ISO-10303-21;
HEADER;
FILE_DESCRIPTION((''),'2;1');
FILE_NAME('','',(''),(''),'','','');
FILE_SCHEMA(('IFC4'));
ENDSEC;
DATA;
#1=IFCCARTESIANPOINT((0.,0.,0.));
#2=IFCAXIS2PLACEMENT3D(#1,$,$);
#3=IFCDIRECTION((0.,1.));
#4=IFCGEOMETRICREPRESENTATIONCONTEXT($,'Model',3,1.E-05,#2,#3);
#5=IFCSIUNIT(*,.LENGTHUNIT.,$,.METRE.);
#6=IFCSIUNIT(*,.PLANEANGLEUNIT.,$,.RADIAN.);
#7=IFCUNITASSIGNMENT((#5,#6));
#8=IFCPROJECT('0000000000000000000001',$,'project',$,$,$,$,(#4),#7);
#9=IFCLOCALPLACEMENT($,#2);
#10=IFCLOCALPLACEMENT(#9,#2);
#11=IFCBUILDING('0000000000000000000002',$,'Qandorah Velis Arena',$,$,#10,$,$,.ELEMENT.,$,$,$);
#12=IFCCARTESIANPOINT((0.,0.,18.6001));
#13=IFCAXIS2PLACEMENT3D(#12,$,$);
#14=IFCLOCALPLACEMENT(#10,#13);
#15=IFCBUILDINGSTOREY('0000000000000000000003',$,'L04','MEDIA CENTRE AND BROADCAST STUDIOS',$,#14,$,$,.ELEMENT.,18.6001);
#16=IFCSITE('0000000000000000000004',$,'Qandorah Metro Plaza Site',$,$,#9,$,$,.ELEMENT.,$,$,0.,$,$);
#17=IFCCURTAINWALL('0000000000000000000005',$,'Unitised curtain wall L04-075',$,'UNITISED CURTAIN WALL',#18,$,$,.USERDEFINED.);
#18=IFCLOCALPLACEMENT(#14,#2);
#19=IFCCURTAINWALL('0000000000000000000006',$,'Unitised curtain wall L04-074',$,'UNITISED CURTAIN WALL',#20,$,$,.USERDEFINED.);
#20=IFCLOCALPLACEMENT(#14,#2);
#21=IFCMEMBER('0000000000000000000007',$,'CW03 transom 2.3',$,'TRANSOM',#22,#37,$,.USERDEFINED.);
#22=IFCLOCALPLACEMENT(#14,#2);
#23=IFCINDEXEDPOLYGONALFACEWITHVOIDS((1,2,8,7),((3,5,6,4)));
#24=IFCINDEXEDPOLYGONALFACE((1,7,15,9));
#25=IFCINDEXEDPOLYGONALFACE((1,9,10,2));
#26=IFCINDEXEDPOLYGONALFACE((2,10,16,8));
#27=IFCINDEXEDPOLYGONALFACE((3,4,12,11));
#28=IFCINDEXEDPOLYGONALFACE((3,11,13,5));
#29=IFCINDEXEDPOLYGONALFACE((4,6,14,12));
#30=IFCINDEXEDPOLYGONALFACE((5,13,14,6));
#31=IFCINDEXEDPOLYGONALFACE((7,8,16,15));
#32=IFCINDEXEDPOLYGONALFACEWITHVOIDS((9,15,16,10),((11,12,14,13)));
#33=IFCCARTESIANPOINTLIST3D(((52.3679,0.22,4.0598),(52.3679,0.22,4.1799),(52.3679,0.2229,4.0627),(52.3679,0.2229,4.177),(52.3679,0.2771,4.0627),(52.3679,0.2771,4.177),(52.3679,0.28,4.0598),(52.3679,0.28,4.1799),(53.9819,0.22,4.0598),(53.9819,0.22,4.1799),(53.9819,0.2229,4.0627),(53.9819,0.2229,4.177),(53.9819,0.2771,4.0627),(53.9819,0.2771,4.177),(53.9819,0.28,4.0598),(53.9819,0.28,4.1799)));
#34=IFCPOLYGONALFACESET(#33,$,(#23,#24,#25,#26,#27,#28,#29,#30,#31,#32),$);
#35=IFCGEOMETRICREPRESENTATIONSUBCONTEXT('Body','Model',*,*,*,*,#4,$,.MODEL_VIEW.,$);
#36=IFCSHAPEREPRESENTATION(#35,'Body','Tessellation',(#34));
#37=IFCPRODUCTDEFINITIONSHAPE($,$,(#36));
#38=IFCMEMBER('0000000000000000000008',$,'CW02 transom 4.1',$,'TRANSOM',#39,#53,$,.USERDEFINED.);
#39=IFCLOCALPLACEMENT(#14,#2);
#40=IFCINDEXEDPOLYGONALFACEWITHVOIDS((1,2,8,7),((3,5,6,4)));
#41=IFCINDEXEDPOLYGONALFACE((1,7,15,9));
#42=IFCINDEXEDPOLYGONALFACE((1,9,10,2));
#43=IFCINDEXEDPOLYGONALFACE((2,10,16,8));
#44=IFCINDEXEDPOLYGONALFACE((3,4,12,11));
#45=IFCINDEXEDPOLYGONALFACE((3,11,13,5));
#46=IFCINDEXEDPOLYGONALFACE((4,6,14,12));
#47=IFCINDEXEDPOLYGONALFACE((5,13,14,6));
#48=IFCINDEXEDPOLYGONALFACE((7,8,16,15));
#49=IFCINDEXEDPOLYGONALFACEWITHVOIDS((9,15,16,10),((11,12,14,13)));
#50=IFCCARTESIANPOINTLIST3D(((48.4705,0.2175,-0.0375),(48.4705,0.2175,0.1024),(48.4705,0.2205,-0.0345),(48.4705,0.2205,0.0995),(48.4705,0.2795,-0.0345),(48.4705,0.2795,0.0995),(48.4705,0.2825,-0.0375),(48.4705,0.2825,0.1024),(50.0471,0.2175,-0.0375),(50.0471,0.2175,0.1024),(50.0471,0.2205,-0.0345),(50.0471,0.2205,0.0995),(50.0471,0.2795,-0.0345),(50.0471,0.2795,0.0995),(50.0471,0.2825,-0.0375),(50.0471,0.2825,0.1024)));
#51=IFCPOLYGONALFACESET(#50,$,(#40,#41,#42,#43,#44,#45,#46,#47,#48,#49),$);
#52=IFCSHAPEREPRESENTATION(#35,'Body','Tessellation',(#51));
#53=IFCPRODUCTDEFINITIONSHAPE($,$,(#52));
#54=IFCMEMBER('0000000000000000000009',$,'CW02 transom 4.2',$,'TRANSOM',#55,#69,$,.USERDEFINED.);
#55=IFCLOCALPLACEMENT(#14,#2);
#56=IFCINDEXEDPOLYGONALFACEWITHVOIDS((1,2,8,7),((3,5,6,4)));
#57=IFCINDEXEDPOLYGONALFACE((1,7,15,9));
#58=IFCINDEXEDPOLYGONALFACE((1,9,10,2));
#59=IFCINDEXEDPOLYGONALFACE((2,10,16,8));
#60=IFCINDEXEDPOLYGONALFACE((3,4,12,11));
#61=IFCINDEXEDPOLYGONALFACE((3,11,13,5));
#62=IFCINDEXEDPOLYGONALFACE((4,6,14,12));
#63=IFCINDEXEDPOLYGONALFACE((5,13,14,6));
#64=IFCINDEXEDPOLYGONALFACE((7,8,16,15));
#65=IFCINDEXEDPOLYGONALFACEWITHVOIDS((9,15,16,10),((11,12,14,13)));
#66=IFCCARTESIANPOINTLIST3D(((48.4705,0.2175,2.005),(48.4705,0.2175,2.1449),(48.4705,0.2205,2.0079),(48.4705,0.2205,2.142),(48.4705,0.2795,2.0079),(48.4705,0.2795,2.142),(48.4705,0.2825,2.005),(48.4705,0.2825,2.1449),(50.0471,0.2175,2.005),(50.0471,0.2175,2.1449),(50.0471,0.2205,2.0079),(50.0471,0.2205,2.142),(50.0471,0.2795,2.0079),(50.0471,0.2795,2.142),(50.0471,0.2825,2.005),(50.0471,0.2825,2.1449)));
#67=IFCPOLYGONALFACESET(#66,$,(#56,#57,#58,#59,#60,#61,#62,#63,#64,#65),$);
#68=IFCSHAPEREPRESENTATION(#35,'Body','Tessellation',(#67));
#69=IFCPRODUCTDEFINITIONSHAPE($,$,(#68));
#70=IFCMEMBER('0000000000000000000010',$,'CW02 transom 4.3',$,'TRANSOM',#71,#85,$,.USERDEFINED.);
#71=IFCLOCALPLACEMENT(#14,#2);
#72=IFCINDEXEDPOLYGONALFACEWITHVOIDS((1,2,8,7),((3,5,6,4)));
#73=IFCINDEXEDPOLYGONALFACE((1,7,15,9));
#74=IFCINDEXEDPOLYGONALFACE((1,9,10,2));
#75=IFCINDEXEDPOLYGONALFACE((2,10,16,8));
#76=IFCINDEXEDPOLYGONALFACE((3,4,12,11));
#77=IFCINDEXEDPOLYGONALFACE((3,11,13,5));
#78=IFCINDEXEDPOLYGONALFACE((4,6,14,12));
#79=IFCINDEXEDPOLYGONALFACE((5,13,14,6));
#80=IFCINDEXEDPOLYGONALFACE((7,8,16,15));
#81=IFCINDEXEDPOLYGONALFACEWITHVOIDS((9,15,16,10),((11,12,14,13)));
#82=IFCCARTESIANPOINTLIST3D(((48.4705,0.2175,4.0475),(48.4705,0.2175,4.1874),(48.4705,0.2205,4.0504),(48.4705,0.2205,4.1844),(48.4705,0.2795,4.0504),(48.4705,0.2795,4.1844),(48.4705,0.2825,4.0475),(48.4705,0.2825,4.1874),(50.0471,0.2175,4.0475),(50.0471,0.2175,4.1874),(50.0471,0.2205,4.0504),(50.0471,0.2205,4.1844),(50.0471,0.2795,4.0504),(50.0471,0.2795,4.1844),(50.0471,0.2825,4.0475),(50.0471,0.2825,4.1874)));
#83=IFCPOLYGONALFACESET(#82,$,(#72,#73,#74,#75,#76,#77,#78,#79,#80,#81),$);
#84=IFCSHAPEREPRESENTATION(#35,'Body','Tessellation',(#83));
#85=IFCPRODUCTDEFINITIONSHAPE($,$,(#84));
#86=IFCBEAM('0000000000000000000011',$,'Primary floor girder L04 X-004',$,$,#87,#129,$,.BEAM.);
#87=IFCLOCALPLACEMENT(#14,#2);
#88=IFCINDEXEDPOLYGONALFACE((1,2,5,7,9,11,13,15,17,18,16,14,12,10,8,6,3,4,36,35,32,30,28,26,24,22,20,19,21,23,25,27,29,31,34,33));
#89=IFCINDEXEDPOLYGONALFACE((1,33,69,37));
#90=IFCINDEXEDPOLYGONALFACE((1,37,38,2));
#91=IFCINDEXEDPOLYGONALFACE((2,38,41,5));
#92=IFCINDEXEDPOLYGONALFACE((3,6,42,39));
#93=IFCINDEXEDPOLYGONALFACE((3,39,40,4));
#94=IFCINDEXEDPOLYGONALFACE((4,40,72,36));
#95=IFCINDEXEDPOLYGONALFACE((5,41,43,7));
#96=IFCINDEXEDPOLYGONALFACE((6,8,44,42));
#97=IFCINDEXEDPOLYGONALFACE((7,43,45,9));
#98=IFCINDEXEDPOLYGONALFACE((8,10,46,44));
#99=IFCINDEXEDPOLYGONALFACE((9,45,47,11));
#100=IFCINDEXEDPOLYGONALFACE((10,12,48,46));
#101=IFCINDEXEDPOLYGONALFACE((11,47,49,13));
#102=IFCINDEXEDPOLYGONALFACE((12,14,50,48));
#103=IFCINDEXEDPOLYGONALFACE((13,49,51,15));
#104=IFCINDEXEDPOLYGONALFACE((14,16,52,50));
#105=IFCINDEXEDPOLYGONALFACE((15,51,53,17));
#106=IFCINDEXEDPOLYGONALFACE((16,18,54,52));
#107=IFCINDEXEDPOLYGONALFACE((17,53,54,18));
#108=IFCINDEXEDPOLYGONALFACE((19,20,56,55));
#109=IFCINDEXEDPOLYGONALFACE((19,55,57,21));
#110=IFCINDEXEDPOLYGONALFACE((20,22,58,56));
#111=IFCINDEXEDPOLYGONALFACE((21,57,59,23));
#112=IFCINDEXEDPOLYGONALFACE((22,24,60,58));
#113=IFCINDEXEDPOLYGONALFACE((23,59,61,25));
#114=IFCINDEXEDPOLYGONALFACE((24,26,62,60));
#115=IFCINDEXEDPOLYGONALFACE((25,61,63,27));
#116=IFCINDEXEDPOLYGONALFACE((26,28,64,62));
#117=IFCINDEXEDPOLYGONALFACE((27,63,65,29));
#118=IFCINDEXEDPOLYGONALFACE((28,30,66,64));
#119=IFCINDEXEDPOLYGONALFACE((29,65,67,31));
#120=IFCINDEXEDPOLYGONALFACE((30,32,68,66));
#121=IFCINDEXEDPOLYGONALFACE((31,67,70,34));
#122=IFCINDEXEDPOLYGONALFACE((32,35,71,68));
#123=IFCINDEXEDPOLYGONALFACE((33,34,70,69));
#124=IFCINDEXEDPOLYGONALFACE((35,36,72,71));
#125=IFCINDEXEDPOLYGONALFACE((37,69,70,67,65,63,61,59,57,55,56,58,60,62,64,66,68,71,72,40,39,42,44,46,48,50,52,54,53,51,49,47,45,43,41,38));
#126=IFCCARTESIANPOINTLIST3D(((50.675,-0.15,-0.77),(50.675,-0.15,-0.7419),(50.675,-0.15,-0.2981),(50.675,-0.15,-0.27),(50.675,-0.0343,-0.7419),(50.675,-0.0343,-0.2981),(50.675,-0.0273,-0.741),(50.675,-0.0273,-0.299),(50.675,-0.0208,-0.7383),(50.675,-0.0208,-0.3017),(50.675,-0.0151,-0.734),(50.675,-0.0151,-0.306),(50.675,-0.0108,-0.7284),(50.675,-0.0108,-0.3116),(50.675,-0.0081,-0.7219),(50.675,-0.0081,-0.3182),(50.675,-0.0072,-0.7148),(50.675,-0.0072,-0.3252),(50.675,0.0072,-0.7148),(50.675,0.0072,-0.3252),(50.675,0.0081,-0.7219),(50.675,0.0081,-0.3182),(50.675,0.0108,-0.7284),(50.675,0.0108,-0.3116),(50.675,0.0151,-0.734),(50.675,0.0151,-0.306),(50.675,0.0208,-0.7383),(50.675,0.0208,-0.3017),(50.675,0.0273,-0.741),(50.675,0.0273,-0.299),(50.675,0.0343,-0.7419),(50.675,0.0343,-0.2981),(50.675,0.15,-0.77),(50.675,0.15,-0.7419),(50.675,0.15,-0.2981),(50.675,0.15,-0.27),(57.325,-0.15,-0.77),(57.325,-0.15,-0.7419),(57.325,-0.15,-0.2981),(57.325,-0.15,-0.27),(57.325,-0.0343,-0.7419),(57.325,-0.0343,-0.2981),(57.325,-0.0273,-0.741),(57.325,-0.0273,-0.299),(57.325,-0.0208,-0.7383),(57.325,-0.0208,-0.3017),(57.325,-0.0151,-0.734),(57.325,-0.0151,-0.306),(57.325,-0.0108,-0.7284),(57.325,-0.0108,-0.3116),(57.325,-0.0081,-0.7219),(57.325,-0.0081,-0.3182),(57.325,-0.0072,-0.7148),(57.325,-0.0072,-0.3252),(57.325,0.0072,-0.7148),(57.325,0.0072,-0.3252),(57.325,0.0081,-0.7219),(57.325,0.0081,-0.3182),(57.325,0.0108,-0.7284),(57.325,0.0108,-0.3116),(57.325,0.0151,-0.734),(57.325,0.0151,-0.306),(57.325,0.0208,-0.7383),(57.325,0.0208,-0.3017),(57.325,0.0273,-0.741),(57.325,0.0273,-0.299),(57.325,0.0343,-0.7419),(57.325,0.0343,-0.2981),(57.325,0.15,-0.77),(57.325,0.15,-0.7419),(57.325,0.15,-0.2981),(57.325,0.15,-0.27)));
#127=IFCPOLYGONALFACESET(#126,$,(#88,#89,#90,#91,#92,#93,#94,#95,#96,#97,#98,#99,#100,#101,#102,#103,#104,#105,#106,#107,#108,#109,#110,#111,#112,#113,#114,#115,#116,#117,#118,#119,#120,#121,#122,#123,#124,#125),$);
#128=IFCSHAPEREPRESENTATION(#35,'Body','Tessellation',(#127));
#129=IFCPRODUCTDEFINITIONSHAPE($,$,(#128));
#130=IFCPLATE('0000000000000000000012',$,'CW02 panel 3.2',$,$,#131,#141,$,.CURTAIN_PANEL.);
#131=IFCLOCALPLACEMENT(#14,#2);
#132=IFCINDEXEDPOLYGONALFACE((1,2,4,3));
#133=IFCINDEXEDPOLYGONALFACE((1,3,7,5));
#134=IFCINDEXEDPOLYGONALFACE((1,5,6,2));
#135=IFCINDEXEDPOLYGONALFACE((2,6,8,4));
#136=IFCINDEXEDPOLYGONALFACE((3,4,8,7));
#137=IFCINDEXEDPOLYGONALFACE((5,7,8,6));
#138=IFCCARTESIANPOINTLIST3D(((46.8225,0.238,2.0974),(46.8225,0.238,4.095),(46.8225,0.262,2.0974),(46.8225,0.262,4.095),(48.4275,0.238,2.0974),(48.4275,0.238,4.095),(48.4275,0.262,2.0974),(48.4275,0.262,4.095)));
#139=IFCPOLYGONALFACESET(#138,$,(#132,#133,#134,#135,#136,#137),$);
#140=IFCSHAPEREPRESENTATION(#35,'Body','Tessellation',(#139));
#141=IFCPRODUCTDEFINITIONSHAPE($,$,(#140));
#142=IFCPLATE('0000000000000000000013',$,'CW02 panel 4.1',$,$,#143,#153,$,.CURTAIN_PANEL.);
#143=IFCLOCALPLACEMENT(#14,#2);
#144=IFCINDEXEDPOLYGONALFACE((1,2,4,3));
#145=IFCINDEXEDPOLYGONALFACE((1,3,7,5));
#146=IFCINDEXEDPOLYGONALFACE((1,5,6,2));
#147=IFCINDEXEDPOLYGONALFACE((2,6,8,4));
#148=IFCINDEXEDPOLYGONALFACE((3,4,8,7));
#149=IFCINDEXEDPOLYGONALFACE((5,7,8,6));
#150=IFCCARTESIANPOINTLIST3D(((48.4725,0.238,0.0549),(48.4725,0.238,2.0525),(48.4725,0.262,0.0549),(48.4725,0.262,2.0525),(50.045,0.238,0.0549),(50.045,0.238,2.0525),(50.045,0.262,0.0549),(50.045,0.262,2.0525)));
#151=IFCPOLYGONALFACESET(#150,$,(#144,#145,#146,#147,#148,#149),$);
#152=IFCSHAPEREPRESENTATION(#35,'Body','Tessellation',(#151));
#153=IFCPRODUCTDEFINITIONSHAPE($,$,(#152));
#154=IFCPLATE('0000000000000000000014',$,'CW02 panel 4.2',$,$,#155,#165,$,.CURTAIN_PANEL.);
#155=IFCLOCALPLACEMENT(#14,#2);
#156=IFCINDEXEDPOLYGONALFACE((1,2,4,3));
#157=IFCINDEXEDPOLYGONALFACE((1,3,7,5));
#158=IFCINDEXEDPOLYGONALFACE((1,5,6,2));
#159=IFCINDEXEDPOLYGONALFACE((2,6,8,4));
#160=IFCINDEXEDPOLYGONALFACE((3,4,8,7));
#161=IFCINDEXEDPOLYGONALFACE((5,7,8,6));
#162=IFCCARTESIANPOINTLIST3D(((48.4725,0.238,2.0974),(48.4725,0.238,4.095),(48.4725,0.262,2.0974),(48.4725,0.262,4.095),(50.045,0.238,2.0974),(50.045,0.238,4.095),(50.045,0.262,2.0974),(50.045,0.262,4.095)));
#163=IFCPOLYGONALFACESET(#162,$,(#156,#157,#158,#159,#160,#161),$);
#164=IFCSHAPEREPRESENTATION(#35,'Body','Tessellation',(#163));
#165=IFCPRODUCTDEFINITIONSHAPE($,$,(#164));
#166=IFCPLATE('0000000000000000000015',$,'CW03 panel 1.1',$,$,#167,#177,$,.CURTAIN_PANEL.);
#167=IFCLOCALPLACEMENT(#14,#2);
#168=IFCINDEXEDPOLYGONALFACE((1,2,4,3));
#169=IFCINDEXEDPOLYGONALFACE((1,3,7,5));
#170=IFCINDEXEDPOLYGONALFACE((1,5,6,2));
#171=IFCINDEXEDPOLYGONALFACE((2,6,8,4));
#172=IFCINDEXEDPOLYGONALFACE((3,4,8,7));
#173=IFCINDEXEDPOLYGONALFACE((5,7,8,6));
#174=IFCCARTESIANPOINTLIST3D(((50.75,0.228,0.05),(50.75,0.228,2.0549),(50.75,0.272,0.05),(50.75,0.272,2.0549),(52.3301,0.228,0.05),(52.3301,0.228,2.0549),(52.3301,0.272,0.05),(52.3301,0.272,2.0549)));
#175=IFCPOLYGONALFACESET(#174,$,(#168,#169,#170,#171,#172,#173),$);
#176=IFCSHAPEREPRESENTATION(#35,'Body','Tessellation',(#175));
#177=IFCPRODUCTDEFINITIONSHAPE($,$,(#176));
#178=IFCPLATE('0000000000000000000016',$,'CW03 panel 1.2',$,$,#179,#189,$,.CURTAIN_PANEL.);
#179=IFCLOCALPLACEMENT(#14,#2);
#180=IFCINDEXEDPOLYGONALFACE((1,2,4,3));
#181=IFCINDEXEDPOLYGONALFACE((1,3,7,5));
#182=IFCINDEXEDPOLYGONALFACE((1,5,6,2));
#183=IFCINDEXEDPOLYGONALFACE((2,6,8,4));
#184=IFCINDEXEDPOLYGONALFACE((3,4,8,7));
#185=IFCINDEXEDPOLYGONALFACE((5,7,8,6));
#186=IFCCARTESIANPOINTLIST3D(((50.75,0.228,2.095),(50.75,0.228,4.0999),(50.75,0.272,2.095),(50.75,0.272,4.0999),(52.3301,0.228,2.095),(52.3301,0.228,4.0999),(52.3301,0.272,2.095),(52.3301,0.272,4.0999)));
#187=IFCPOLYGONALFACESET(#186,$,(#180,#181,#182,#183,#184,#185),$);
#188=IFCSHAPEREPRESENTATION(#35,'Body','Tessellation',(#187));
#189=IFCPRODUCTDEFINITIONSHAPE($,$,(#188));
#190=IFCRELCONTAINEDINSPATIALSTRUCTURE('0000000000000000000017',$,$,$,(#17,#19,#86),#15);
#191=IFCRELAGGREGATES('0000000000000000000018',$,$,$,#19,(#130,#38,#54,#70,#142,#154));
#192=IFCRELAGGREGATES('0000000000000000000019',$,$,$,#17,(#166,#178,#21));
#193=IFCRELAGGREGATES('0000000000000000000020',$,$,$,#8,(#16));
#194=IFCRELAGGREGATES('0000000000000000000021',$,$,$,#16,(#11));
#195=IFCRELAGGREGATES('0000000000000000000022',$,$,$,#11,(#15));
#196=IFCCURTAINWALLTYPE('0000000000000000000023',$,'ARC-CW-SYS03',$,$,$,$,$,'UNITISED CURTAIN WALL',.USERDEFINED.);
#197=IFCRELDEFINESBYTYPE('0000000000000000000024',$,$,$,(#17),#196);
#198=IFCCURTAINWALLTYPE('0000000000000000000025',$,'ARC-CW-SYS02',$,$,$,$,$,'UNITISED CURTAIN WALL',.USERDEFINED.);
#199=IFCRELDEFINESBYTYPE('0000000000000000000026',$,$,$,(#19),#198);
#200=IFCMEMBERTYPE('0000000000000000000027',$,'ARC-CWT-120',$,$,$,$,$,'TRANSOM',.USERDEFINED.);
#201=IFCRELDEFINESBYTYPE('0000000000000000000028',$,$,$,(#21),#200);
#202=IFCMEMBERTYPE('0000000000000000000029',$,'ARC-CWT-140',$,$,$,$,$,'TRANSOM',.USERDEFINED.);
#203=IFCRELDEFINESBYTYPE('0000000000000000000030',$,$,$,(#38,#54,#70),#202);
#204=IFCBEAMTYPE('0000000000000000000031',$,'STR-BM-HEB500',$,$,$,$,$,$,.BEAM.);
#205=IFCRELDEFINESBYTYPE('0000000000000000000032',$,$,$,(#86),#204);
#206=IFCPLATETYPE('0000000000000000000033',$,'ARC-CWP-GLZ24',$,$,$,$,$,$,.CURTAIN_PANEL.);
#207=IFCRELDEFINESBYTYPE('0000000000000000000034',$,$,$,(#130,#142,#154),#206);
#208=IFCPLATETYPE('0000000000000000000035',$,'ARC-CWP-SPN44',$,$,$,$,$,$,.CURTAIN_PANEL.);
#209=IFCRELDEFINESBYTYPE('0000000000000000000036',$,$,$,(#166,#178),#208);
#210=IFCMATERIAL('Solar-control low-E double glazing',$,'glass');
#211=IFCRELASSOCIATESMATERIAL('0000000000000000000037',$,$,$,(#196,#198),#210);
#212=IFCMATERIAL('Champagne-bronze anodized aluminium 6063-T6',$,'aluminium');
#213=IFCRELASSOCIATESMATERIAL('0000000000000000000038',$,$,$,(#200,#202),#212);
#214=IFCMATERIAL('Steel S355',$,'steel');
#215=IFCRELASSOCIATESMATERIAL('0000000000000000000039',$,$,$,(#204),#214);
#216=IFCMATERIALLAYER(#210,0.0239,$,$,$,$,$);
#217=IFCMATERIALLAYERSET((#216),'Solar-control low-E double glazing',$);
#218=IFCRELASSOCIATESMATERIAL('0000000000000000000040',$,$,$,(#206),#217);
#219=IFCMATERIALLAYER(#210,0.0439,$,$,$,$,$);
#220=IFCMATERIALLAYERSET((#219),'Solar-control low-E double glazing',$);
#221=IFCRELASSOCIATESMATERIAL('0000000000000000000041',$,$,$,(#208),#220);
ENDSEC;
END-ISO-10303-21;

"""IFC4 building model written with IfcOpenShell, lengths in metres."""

from ifc_helpers import new_model, si_unit, direction, frame, origin, origin_2d, place, context, subcontext, project, spatial, rectangle, hollow_rectangle, i_section, extrude, material, layer, layer_set, material_profile, profile_set, type_object, element, aggregate, save


model = new_model("IFC4")

# Units and contexts
model_context = context("Model", 3, precision=1e-05, world=origin(), true_north=direction((0.0, 1.0)))
body_context = subcontext(model_context, "Body", "Model", "MODEL_VIEW")
ifc_project = project(units=[si_unit("LENGTHUNIT", "METRE"), si_unit("PLANEANGLEUNIT", "RADIAN")], contexts=[model_context])

# Site, building, storey
site_placement = place(None, origin())
site = spatial("IfcSite", under=ifc_project, at=site_placement, Name="Qandorah Metro Plaza Site", CompositionType="ELEMENT", RefElevation=0.0)
building_placement = place(site_placement, origin())
building = spatial("IfcBuilding", under=site, at=building_placement, Name="Qandorah Velis Arena", CompositionType="ELEMENT")
storey_placement = place(building_placement, frame((0.0, 0.0, 18.6001)))
storey = spatial("IfcBuildingStorey", under=building, at=storey_placement, Name="L04", Description="MEDIA CENTRE AND BROADCAST STUDIOS", CompositionType="ELEMENT", Elevation=18.6001)

# Curtain walls
ifc_material_1 = material(Name="Solar-control low-E double glazing", Category="glass")
curtain_wall_type_1 = type_object("IfcCurtainWallType", Name="ARC-CW-SYS03", ElementType="UNITISED CURTAIN WALL", PredefinedType="USERDEFINED", material=ifc_material_1)
curtain_wall_1_placement = place(storey_placement, origin())
curtain_wall_1 = element("IfcCurtainWall", 1, at=curtain_wall_1_placement, inside=storey, type_object=curtain_wall_type_1, Name="Unitised curtain wall L04-075", ObjectType="UNITISED CURTAIN WALL", PredefinedType="USERDEFINED")
ifc_material_2 = material(Name="Champagne-bronze anodized aluminium 6063-T6", Category="aluminium")
curtain_wall_type_2 = type_object("IfcCurtainWallType", Name="ARC-CW-SYS02", ElementType="UNITISED CURTAIN WALL", PredefinedType="USERDEFINED", material=ifc_material_1)
curtain_wall_2_placement = place(storey_placement, origin())
curtain_wall_2 = element("IfcCurtainWall", 2, at=curtain_wall_2_placement, inside=storey, type_object=curtain_wall_type_2, Name="Unitised curtain wall L04-074", ObjectType="UNITISED CURTAIN WALL", PredefinedType="USERDEFINED")

# Members
ifc_material_profile_1 = material_profile(ifc_material_2, hollow_rectangle(XDim=0.0601, YDim=0.1201, WallThickness=0.0029, at=origin_2d()), Name="ALU TRANSOM 60x120")
ifc_profile_set_1 = profile_set([ifc_material_profile_1], Name="Champagne-bronze anodized aluminium 6063-T6")
member_type_1 = type_object("IfcMemberType", Name="ARC-CWT-120", ElementType="TRANSOM", PredefinedType="USERDEFINED", material=ifc_profile_set_1)
member_1_placement = place(storey_placement, frame((52.3679, 0.25, 4.1199), z_axis=(1.0, 0.0, 0.0), x_axis=(0.0, 1.0, 0.0)))
member_1 = element("IfcMember", 3, at=member_1_placement, type_object=member_type_1, Name="CW03 transom 2.3", ObjectType="TRANSOM", PredefinedType="USERDEFINED", context=body_context, shape_type="SweptSolid", body=[
    extrude(hollow_rectangle(XDim=0.0601, YDim=0.1201, WallThickness=0.0029, at=origin_2d()), origin(), (0.0, 0.0, 1.0), 1.614),
])
ifc_material_profile_2 = material_profile(ifc_material_2, hollow_rectangle(XDim=0.0649, YDim=0.1399, WallThickness=0.0029, at=origin_2d()), Name="ALU TRANSOM 65x140")
ifc_profile_set_2 = profile_set([ifc_material_profile_2], Name="Champagne-bronze anodized aluminium 6063-T6")
member_type_2 = type_object("IfcMemberType", Name="ARC-CWT-140", ElementType="TRANSOM", PredefinedType="USERDEFINED", material=ifc_profile_set_2)
member_2_placement = place(storey_placement, frame((48.4705, 0.25, 0.0325), z_axis=(1.0, 0.0, 0.0), x_axis=(0.0, 1.0, 0.0)))
member_2 = element("IfcMember", 4, at=member_2_placement, type_object=member_type_2, Name="CW02 transom 4.1", ObjectType="TRANSOM", PredefinedType="USERDEFINED", context=body_context, shape_type="SweptSolid", body=[
    extrude(hollow_rectangle(XDim=0.0649, YDim=0.1399, WallThickness=0.0029, at=origin_2d()), origin(), (0.0, 0.0, 1.0), 1.5767),
])
member_3_placement = place(storey_placement, frame((48.4705, 0.25, 2.075), z_axis=(1.0, 0.0, 0.0), x_axis=(0.0, 1.0, 0.0)))
member_3 = element("IfcMember", 5, at=member_3_placement, type_object=member_type_2, Name="CW02 transom 4.2", ObjectType="TRANSOM", PredefinedType="USERDEFINED", context=body_context, shape_type="SweptSolid", body=[
    extrude(hollow_rectangle(XDim=0.0649, YDim=0.1399, WallThickness=0.0029, at=origin_2d()), origin(), (0.0, 0.0, 1.0), 1.5767),
])
member_4_placement = place(storey_placement, frame((48.4705, 0.25, 4.1174), z_axis=(1.0, 0.0, 0.0), x_axis=(0.0, 1.0, 0.0)))
member_4 = element("IfcMember", 6, at=member_4_placement, type_object=member_type_2, Name="CW02 transom 4.3", ObjectType="TRANSOM", PredefinedType="USERDEFINED", context=body_context, shape_type="SweptSolid", body=[
    extrude(hollow_rectangle(XDim=0.0649, YDim=0.1399, WallThickness=0.0029, at=origin_2d()), origin(), (0.0, 0.0, 1.0), 1.5767),
])

# Beam
ifc_material_3 = material(Name="Steel S355", Category="steel")
ifc_material_profile_3 = material_profile(ifc_material_3, i_section(OverallWidth=0.3, OverallDepth=0.5, WebThickness=0.0144, FlangeThickness=0.0281, FilletRadius=0.0271, at=origin_2d()), Name="HEB 500")
ifc_profile_set_3 = profile_set([ifc_material_profile_3], Name="Steel S355")
beam_type = type_object("IfcBeamType", Name="STR-BM-HEB500", PredefinedType="BEAM", material=ifc_profile_set_3)
beam_placement = place(storey_placement, frame((50.675, 0.0, -0.52), z_axis=(1.0, 0.0, 0.0), x_axis=(0.0, 1.0, 0.0)))
element("IfcBeam", 7, at=beam_placement, inside=storey, type_object=beam_type, Name="Primary floor girder L04 X-004", PredefinedType="BEAM", context=body_context, shape_type="SweptSolid", body=[
    extrude(i_section(OverallWidth=0.3, OverallDepth=0.5, WebThickness=0.0144, FlangeThickness=0.0281, FilletRadius=0.0271, at=origin_2d()), origin(), (0.0, 0.0, 1.0), 6.6499),
])

# Plates
ifc_layer_1 = layer(ifc_material_1, 0.0239)
ifc_layer_set_1 = layer_set([ifc_layer_1], Name="Solar-control low-E double glazing")
plate_type_1 = type_object("IfcPlateType", Name="ARC-CWP-GLZ24", PredefinedType="CURTAIN_PANEL", material=ifc_layer_set_1)
plate_1_placement = place(storey_placement, frame((47.625, 0.25, 2.0974), z_axis=(0.0, 0.0, 1.0), x_axis=(1.0, 0.0, 0.0)))
plate_1 = element("IfcPlate", 8, at=plate_1_placement, type_object=plate_type_1, Name="CW02 panel 3.2", PredefinedType="CURTAIN_PANEL", context=body_context, shape_type="SweptSolid", body=[
    extrude(rectangle(XDim=1.605, YDim=0.0239, at=origin_2d()), origin(), (0.0, 0.0, 1.0), 1.9976),
])
plate_2_placement = place(storey_placement, frame((49.2588, 0.25, 0.0549), z_axis=(0.0, 0.0, 1.0), x_axis=(1.0, 0.0, 0.0)))
plate_2 = element("IfcPlate", 9, at=plate_2_placement, type_object=plate_type_1, Name="CW02 panel 4.1", PredefinedType="CURTAIN_PANEL", context=body_context, shape_type="SweptSolid", body=[
    extrude(rectangle(XDim=1.5725, YDim=0.0239, at=origin_2d()), origin(), (0.0, 0.0, 1.0), 1.9976),
])
plate_3_placement = place(storey_placement, frame((49.2588, 0.25, 2.0974), z_axis=(0.0, 0.0, 1.0), x_axis=(1.0, 0.0, 0.0)))
plate_3 = element("IfcPlate", 10, at=plate_3_placement, type_object=plate_type_1, Name="CW02 panel 4.2", PredefinedType="CURTAIN_PANEL", context=body_context, shape_type="SweptSolid", body=[
    extrude(rectangle(XDim=1.5725, YDim=0.0239, at=origin_2d()), origin(), (0.0, 0.0, 1.0), 1.9976),
])
aggregate(curtain_wall_2, [plate_1, member_2, member_3, member_4, plate_2, plate_3])
ifc_layer_2 = layer(ifc_material_1, 0.0439)
ifc_layer_set_2 = layer_set([ifc_layer_2], Name="Solar-control low-E double glazing")
plate_type_2 = type_object("IfcPlateType", Name="ARC-CWP-SPN44", PredefinedType="CURTAIN_PANEL", material=ifc_layer_set_2)
plate_4_placement = place(storey_placement, frame((51.54, 0.25, 0.05), z_axis=(0.0, 0.0, 1.0), x_axis=(1.0, 0.0, 0.0)))
plate_4 = element("IfcPlate", 11, at=plate_4_placement, type_object=plate_type_2, Name="CW03 panel 1.1", PredefinedType="CURTAIN_PANEL", context=body_context, shape_type="SweptSolid", body=[
    extrude(rectangle(XDim=1.5801, YDim=0.0439, at=origin_2d()), origin(), (0.0, 0.0, 1.0), 2.0049),
])
plate_5_placement = place(storey_placement, frame((51.54, 0.25, 2.095), z_axis=(0.0, 0.0, 1.0), x_axis=(1.0, 0.0, 0.0)))
plate_5 = element("IfcPlate", 12, at=plate_5_placement, type_object=plate_type_2, Name="CW03 panel 1.2", PredefinedType="CURTAIN_PANEL", context=body_context, shape_type="SweptSolid", body=[
    extrude(rectangle(XDim=1.5801, YDim=0.0439, at=origin_2d()), origin(), (0.0, 0.0, 1.0), 2.0049),
])
aggregate(curtain_wall_1, [plate_4, plate_5, member_1])

save(model, "model.ifc")
